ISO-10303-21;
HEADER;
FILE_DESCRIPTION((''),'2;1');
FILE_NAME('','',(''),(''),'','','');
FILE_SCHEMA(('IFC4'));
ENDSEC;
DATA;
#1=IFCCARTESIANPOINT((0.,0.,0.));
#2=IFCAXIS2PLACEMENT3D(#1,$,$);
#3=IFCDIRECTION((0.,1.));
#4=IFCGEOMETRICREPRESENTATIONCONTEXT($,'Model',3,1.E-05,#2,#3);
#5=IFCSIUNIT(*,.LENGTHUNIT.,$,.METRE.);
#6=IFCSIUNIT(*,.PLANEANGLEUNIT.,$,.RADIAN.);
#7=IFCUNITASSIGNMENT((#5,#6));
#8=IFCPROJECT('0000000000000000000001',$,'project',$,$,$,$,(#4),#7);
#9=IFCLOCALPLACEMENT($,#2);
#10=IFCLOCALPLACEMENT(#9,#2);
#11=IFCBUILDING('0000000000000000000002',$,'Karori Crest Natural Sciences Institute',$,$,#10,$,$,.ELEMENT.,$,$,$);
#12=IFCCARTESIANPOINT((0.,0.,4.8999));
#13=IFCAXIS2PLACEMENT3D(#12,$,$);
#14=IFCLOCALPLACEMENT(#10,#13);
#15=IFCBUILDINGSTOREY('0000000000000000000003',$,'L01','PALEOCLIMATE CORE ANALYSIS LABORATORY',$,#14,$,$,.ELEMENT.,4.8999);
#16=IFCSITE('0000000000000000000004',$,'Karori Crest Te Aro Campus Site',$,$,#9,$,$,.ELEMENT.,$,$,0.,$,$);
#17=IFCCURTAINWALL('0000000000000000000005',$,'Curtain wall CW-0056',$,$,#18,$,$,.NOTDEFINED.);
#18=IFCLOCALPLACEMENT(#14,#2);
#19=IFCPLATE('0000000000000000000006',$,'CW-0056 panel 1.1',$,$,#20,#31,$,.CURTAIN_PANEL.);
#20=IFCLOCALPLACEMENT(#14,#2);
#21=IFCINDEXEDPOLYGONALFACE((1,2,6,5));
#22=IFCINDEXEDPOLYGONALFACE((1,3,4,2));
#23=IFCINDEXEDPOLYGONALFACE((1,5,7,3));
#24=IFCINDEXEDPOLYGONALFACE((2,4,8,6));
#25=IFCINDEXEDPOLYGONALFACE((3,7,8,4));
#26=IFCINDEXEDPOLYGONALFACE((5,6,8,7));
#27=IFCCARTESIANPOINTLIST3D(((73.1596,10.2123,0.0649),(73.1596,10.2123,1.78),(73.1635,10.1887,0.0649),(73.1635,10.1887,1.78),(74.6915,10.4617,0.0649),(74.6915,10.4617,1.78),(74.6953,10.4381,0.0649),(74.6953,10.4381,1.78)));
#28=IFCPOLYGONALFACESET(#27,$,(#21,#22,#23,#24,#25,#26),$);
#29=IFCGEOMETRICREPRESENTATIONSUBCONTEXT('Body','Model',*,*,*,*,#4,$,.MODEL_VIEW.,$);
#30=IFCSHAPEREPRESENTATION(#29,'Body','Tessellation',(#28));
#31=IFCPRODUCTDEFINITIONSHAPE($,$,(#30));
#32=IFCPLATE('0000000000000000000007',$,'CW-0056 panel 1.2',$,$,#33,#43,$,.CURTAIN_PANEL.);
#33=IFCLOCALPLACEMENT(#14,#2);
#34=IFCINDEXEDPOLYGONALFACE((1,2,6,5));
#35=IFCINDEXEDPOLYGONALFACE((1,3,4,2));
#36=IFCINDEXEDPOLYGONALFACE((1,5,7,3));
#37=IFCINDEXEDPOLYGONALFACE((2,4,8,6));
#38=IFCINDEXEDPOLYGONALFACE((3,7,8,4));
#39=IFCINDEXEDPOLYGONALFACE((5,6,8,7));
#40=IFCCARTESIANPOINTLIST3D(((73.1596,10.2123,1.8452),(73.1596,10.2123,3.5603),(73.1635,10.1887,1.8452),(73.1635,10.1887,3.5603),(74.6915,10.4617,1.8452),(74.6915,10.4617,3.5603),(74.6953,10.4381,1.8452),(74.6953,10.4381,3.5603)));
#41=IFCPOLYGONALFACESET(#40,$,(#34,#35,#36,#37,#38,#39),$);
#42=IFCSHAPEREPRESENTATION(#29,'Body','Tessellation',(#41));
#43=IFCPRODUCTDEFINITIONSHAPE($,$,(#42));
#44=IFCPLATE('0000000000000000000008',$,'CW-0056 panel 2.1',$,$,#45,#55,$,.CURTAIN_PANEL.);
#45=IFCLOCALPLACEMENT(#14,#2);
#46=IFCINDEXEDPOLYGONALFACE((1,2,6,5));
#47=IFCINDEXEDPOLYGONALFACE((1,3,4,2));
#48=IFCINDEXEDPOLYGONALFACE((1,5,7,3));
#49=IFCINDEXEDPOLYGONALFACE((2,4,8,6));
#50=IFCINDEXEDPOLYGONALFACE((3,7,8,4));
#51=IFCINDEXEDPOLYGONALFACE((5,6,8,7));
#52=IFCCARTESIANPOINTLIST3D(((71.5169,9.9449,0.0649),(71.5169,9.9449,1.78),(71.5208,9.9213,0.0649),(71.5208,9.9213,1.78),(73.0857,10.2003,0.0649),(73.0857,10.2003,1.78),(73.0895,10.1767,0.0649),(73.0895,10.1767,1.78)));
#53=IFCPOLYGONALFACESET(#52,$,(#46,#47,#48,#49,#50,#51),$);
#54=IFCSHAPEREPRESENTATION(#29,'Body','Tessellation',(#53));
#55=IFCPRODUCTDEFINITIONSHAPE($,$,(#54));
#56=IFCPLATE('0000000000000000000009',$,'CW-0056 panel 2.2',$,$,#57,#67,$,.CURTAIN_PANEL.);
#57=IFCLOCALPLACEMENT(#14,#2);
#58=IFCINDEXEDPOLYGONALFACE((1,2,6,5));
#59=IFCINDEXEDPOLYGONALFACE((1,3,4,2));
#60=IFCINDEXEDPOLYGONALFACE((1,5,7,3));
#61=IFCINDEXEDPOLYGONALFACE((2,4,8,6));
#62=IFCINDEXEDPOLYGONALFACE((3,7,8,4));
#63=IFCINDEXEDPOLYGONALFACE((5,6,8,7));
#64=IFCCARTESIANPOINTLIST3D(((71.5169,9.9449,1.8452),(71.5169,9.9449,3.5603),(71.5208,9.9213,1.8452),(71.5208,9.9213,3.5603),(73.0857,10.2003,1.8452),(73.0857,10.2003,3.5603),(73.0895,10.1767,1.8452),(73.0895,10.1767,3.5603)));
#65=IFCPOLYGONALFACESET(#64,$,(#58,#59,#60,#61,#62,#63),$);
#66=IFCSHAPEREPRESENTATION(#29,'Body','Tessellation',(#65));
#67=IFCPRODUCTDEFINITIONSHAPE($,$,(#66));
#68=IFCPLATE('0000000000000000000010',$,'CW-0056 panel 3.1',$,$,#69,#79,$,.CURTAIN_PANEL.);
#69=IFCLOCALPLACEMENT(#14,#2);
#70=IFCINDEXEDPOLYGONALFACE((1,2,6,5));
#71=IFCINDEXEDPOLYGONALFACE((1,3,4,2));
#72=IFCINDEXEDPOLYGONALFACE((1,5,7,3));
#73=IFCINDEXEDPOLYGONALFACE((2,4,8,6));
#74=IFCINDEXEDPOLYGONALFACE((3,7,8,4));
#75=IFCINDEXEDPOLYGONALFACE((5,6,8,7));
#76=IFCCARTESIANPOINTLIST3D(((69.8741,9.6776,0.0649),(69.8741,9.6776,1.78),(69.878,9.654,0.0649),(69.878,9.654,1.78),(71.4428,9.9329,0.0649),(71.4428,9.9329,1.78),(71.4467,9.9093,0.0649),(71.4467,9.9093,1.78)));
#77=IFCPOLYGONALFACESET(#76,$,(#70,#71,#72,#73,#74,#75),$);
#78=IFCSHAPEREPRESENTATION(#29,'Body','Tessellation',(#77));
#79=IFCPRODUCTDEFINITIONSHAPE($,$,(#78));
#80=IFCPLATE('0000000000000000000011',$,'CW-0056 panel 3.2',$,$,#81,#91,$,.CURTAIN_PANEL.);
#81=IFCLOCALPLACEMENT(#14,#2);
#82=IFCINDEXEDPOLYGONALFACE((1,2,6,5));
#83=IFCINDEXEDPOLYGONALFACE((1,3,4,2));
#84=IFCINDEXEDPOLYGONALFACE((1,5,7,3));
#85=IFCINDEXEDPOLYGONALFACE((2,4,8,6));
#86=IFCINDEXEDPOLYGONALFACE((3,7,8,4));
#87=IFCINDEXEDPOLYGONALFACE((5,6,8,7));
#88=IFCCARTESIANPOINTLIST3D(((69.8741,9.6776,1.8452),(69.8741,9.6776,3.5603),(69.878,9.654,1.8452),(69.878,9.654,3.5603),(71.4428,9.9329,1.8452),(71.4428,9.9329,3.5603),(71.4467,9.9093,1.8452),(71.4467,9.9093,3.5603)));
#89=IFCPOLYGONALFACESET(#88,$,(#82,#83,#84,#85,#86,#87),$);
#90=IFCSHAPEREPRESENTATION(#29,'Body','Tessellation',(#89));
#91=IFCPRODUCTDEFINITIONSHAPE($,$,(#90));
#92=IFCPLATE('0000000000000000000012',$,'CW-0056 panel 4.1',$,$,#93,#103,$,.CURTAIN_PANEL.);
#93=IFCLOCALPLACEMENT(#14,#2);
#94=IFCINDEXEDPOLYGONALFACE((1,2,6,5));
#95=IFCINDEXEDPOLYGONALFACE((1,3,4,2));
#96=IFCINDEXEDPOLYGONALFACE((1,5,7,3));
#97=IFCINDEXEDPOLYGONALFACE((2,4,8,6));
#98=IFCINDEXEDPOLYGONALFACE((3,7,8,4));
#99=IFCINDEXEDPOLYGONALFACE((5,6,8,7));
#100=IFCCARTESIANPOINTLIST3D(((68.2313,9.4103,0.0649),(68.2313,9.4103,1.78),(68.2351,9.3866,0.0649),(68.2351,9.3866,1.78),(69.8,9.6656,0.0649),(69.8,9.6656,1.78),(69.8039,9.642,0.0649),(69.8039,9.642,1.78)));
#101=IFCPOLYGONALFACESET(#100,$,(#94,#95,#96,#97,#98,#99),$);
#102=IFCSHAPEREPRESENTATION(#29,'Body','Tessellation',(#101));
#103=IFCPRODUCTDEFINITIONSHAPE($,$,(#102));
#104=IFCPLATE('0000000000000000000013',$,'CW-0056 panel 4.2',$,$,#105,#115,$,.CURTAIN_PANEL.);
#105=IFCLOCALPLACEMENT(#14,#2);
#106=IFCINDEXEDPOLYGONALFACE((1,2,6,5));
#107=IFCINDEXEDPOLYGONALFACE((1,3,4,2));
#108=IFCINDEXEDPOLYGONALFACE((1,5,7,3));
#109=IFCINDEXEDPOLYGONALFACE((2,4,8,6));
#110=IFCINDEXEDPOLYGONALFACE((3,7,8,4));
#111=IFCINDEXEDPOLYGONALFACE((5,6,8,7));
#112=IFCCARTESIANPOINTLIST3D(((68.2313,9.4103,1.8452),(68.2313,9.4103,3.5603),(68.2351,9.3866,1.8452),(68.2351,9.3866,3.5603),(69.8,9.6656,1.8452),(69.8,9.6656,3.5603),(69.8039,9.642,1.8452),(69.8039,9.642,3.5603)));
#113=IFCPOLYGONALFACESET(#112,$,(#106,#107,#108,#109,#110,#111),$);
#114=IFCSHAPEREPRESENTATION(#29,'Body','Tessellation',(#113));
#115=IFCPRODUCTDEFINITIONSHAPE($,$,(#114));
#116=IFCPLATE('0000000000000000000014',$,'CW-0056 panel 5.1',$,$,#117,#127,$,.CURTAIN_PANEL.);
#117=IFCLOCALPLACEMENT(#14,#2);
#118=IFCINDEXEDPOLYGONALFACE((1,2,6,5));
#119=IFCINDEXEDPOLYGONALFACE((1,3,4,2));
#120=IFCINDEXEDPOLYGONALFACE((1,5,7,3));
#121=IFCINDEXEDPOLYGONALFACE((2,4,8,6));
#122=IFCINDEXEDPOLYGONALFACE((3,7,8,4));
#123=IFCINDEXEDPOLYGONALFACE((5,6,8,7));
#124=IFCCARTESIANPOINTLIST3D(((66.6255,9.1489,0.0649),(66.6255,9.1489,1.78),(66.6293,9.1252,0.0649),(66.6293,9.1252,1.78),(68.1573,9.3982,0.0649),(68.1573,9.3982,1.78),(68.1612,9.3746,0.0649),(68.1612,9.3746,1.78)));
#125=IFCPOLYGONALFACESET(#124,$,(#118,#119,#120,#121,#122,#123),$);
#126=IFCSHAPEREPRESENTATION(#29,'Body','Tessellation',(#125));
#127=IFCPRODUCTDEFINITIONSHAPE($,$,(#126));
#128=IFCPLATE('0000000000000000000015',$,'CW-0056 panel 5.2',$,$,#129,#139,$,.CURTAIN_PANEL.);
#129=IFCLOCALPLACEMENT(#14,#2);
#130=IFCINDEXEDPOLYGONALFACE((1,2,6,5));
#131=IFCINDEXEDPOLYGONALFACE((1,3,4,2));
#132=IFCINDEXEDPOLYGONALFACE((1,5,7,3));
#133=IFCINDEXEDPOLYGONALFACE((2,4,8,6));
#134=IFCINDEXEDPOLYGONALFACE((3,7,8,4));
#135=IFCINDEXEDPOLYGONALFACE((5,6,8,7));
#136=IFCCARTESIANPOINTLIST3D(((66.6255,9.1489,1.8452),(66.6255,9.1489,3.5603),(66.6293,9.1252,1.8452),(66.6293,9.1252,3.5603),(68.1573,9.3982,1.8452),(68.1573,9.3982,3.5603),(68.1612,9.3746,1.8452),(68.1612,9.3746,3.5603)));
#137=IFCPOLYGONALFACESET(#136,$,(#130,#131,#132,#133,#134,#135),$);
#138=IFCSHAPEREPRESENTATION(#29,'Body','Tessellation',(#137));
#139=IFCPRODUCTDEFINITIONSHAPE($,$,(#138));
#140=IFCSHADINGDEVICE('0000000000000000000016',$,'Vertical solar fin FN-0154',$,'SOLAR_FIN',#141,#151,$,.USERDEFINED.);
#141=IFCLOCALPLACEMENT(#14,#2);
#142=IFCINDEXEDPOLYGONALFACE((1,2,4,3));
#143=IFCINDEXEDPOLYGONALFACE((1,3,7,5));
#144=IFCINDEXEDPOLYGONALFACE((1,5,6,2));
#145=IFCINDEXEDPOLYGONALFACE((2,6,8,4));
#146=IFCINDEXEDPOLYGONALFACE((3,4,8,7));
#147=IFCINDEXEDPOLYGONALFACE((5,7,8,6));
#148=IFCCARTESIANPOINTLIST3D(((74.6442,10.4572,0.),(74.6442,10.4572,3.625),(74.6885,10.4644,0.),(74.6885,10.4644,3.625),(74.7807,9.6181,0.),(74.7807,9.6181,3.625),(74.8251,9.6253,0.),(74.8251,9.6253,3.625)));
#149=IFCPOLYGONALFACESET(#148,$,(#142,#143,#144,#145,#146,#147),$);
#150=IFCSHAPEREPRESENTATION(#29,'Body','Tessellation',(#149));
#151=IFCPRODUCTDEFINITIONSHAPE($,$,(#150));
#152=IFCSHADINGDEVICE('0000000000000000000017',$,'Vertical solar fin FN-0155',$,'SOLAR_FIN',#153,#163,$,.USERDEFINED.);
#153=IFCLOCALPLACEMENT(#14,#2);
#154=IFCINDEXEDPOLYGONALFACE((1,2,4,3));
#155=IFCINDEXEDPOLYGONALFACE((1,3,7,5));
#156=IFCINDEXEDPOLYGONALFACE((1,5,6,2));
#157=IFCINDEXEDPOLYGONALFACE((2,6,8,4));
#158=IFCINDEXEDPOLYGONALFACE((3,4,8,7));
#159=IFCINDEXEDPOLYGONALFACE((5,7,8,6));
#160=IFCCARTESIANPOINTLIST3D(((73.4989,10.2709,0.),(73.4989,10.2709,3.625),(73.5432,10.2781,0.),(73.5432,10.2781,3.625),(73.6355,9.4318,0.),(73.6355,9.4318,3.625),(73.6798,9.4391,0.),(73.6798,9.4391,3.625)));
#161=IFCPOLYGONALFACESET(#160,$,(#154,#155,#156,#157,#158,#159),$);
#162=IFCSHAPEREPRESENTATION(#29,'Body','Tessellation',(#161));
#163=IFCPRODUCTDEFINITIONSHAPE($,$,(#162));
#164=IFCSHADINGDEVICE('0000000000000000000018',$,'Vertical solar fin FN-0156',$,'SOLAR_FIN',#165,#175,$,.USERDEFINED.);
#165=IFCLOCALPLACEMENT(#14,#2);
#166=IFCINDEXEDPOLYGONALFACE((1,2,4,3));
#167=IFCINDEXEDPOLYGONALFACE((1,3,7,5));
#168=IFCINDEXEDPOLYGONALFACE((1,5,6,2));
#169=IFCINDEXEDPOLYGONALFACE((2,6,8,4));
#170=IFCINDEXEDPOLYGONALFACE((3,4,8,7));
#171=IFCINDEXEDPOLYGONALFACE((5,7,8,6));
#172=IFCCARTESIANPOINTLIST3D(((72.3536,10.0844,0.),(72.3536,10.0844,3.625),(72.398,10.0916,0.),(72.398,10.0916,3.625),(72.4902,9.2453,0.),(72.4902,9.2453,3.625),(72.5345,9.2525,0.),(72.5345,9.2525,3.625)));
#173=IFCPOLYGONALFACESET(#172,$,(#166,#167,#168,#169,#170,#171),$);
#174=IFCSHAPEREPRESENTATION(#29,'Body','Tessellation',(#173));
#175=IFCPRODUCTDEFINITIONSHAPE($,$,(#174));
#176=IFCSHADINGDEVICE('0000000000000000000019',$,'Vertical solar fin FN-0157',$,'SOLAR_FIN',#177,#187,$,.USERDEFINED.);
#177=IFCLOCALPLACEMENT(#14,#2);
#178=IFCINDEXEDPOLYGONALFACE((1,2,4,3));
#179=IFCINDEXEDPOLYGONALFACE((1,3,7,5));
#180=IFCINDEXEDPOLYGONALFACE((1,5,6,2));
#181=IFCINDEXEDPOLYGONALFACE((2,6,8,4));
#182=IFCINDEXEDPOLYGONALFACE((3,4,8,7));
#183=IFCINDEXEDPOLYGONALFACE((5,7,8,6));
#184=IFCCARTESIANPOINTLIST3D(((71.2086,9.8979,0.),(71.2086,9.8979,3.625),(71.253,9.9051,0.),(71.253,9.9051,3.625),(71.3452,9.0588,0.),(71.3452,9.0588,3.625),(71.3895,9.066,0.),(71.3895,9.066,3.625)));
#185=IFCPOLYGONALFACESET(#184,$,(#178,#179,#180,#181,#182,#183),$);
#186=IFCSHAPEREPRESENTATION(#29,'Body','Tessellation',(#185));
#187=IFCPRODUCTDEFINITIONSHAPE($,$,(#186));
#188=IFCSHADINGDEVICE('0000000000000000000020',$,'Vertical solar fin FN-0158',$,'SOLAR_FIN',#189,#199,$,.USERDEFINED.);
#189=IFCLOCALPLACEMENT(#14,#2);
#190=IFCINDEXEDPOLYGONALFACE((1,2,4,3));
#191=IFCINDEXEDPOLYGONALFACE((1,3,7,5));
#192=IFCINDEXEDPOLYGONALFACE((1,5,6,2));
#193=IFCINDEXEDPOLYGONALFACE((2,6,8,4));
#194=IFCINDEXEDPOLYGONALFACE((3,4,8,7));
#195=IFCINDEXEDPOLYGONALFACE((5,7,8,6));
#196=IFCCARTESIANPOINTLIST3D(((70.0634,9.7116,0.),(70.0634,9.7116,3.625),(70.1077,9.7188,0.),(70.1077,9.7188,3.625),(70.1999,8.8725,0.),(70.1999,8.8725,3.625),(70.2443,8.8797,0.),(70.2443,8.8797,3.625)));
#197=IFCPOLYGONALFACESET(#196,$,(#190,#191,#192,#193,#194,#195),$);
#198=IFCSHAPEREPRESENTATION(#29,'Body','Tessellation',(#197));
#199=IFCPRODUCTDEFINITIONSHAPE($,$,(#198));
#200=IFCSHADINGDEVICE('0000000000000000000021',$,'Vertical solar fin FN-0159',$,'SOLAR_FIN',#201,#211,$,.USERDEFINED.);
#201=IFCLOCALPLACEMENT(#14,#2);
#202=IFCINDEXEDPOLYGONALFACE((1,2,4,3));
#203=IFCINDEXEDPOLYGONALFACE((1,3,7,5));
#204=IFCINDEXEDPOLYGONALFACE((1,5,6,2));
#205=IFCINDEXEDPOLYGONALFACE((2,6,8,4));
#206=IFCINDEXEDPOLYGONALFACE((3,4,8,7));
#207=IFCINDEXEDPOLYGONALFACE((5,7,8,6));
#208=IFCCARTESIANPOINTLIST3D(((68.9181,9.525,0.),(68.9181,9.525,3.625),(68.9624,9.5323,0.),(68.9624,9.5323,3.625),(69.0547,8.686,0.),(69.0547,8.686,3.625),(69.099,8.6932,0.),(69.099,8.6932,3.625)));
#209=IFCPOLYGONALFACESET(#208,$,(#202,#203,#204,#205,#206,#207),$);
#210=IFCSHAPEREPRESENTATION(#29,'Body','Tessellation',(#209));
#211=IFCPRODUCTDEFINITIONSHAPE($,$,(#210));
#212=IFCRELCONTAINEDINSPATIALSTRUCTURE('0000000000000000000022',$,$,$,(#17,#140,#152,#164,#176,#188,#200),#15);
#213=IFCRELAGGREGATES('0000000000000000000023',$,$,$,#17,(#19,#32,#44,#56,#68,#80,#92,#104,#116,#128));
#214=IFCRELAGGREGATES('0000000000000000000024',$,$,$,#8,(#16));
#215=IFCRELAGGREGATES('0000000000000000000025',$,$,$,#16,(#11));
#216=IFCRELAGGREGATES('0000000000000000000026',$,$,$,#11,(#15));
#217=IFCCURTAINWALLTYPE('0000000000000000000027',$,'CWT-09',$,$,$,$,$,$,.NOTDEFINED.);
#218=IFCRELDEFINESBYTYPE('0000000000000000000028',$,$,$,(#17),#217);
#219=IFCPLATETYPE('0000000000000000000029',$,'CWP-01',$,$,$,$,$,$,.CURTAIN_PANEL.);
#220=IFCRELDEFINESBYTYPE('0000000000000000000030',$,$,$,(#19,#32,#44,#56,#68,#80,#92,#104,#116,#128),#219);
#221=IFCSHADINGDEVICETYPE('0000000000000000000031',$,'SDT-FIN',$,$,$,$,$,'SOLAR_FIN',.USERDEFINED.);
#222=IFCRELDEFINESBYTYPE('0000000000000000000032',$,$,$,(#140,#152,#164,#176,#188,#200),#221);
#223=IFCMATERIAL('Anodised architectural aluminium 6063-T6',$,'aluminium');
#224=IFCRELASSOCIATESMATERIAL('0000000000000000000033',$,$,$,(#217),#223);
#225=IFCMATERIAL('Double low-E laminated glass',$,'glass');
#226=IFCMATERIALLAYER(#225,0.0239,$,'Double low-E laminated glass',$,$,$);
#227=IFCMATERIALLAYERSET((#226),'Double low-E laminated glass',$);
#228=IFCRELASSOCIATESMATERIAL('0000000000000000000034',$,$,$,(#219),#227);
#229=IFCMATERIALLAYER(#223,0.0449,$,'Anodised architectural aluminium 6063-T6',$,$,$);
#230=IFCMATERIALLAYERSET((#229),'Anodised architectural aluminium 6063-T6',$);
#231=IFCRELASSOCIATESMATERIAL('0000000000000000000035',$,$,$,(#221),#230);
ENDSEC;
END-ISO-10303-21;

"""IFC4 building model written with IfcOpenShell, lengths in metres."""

from ifc_helpers import new_model, si_unit, direction, frame, origin, origin_2d, place, context, subcontext, project, spatial, rectangle, extrude, material, layer, layer_set, type_object, element, aggregate, save


model = new_model("IFC4")

# Units and contexts
model_context = context("Model", 3, precision=1e-05, world=origin(), true_north=direction((0.0, 1.0)))
body_context = subcontext(model_context, "Body", "Model", "MODEL_VIEW")
ifc_project = project(units=[si_unit("LENGTHUNIT", "METRE"), si_unit("PLANEANGLEUNIT", "RADIAN")], contexts=[model_context])

# Site, building, storey
site_placement = place(None, origin())
site = spatial("IfcSite", under=ifc_project, at=site_placement, Name="Karori Crest Te Aro Campus Site", CompositionType="ELEMENT", RefElevation=0.0)
building_placement = place(site_placement, origin())
building = spatial("IfcBuilding", under=site, at=building_placement, Name="Karori Crest Natural Sciences Institute", CompositionType="ELEMENT")
storey_placement = place(building_placement, frame((0.0, 0.0, 4.8999)))
storey = spatial("IfcBuildingStorey", under=building, at=storey_placement, Name="L01", Description="PALEOCLIMATE CORE ANALYSIS LABORATORY", CompositionType="ELEMENT", Elevation=4.8999)

# Curtain wall, plates
ifc_material_1 = material(Name="Anodised architectural aluminium 6063-T6", Category="aluminium")
curtain_wall_type = type_object("IfcCurtainWallType", Name="CWT-09", PredefinedType="NOTDEFINED", material=ifc_material_1)
curtain_wall_placement = place(storey_placement, origin())
curtain_wall = element("IfcCurtainWall", 1, at=curtain_wall_placement, inside=storey, type_object=curtain_wall_type, Name="Curtain wall CW-0056", PredefinedType="NOTDEFINED")
ifc_material_2 = material(Name="Double low-E laminated glass", Category="glass")
ifc_layer_1 = layer(ifc_material_2, 0.0239, Name="Double low-E laminated glass")
ifc_layer_set_1 = layer_set([ifc_layer_1], Name="Double low-E laminated glass")
plate_type = type_object("IfcPlateType", Name="CWP-01", PredefinedType="CURTAIN_PANEL", material=ifc_layer_set_1)
plate_1_placement = place(storey_placement, frame((73.9275, 10.3252, 0.0649), z_axis=(0.0, 0.0, 1.0), x_axis=(-0.98701, -0.160657, 0.0)))
plate_1 = element("IfcPlate", 2, at=plate_1_placement, type_object=plate_type, Name="CW-0056 panel 1.1", PredefinedType="CURTAIN_PANEL", context=body_context, shape_type="SweptSolid", body=[
    extrude(rectangle(XDim=1.552, YDim=0.0239, at=origin_2d()), origin(), (0.0, 0.0, 1.0), 1.7151),
])
plate_2_placement = place(storey_placement, frame((73.9275, 10.3252, 1.8452), z_axis=(0.0, 0.0, 1.0), x_axis=(-0.98701, -0.160657, 0.0)))
plate_2 = element("IfcPlate", 3, at=plate_2_placement, type_object=plate_type, Name="CW-0056 panel 1.2", PredefinedType="CURTAIN_PANEL", context=body_context, shape_type="SweptSolid", body=[
    extrude(rectangle(XDim=1.552, YDim=0.0239, at=origin_2d()), origin(), (0.0, 0.0, 1.0), 1.7151),
])
plate_3_placement = place(storey_placement, frame((72.3032, 10.0608, 0.0649), z_axis=(0.0, 0.0, 1.0), x_axis=(-0.98701, -0.160657, 0.0)))
plate_3 = element("IfcPlate", 4, at=plate_3_placement, type_object=plate_type, Name="CW-0056 panel 2.1", PredefinedType="CURTAIN_PANEL", context=body_context, shape_type="SweptSolid", body=[
    extrude(rectangle(XDim=1.5894, YDim=0.0239, at=origin_2d()), origin(), (0.0, 0.0, 1.0), 1.7151),
])
plate_4_placement = place(storey_placement, frame((72.3032, 10.0608, 1.8452), z_axis=(0.0, 0.0, 1.0), x_axis=(-0.98701, -0.160657, 0.0)))
plate_4 = element("IfcPlate", 5, at=plate_4_placement, type_object=plate_type, Name="CW-0056 panel 2.2", PredefinedType="CURTAIN_PANEL", context=body_context, shape_type="SweptSolid", body=[
    extrude(rectangle(XDim=1.5894, YDim=0.0239, at=origin_2d()), origin(), (0.0, 0.0, 1.0), 1.7151),
])
plate_5_placement = place(storey_placement, frame((70.6604, 9.7935, 0.0649), z_axis=(0.0, 0.0, 1.0), x_axis=(-0.98701, -0.160657, 0.0)))
plate_5 = element("IfcPlate", 6, at=plate_5_placement, type_object=plate_type, Name="CW-0056 panel 3.1", PredefinedType="CURTAIN_PANEL", context=body_context, shape_type="SweptSolid", body=[
    extrude(rectangle(XDim=1.5894, YDim=0.0239, at=origin_2d()), origin(), (0.0, 0.0, 1.0), 1.7151),
])
plate_6_placement = place(storey_placement, frame((70.6604, 9.7935, 1.8452), z_axis=(0.0, 0.0, 1.0), x_axis=(-0.98701, -0.160657, 0.0)))
plate_6 = element("IfcPlate", 7, at=plate_6_placement, type_object=plate_type, Name="CW-0056 panel 3.2", PredefinedType="CURTAIN_PANEL", context=body_context, shape_type="SweptSolid", body=[
    extrude(rectangle(XDim=1.5894, YDim=0.0239, at=origin_2d()), origin(), (0.0, 0.0, 1.0), 1.7151),
])
plate_7_placement = place(storey_placement, frame((69.0176, 9.5261, 0.0649), z_axis=(0.0, 0.0, 1.0), x_axis=(-0.98701, -0.160657, 0.0)))
plate_7 = element("IfcPlate", 8, at=plate_7_placement, type_object=plate_type, Name="CW-0056 panel 4.1", PredefinedType="CURTAIN_PANEL", context=body_context, shape_type="SweptSolid", body=[
    extrude(rectangle(XDim=1.5894, YDim=0.0239, at=origin_2d()), origin(), (0.0, 0.0, 1.0), 1.7151),
])
plate_8_placement = place(storey_placement, frame((69.0176, 9.5261, 1.8452), z_axis=(0.0, 0.0, 1.0), x_axis=(-0.98701, -0.160657, 0.0)))
plate_8 = element("IfcPlate", 9, at=plate_8_placement, type_object=plate_type, Name="CW-0056 panel 4.2", PredefinedType="CURTAIN_PANEL", context=body_context, shape_type="SweptSolid", body=[
    extrude(rectangle(XDim=1.5894, YDim=0.0239, at=origin_2d()), origin(), (0.0, 0.0, 1.0), 1.7151),
])
plate_9_placement = place(storey_placement, frame((67.3933, 9.2617, 0.0649), z_axis=(0.0, 0.0, 1.0), x_axis=(-0.98701, -0.160657, 0.0)))
plate_9 = element("IfcPlate", 10, at=plate_9_placement, type_object=plate_type, Name="CW-0056 panel 5.1", PredefinedType="CURTAIN_PANEL", context=body_context, shape_type="SweptSolid", body=[
    extrude(rectangle(XDim=1.552, YDim=0.0239, at=origin_2d()), origin(), (0.0, 0.0, 1.0), 1.7151),
])
plate_10_placement = place(storey_placement, frame((67.3933, 9.2617, 1.8452), z_axis=(0.0, 0.0, 1.0), x_axis=(-0.98701, -0.160657, 0.0)))
plate_10 = element("IfcPlate", 11, at=plate_10_placement, type_object=plate_type, Name="CW-0056 panel 5.2", PredefinedType="CURTAIN_PANEL", context=body_context, shape_type="SweptSolid", body=[
    extrude(rectangle(XDim=1.552, YDim=0.0239, at=origin_2d()), origin(), (0.0, 0.0, 1.0), 1.7151),
])
aggregate(curtain_wall, [plate_1, plate_2, plate_3, plate_4, plate_5, plate_6, plate_7, plate_8, plate_9, plate_10])

# Shading devices
ifc_layer_2 = layer(ifc_material_1, 0.0449, Name="Anodised architectural aluminium 6063-T6")
ifc_layer_set_2 = layer_set([ifc_layer_2], Name="Anodised architectural aluminium 6063-T6")
shading_device_type = type_object("IfcShadingDeviceType", Name="SDT-FIN", ElementType="SOLAR_FIN", PredefinedType="USERDEFINED", material=ifc_layer_set_2)
for number, where, z_axis, x_axis, name in (
    (12, (74.7346, 10.0413, 0.0), (0.0, 0.0, 1.0), (0.160656, -0.98701, 0.0), "Vertical solar fin FN-0154"),
    (13, (73.5894, 9.855, 0.0), (0.0, 0.0, 1.0), (0.160656, -0.98701, 0.0), "Vertical solar fin FN-0155"),
    (14, (72.4441, 9.6685, 0.0), (0.0, 0.0, 1.0), (0.160656, -0.98701, 0.0), "Vertical solar fin FN-0156"),
    (15, (71.2991, 9.4819, 0.0), (0.0, 0.0, 1.0), (0.160656, -0.98701, 0.0), "Vertical solar fin FN-0157"),
    (16, (70.1538, 9.2957, 0.0), (0.0, 0.0, 1.0), (0.160656, -0.98701, 0.0), "Vertical solar fin FN-0158"),
    (17, (69.0085, 9.1091, 0.0), (0.0, 0.0, 1.0), (0.160656, -0.98701, 0.0), "Vertical solar fin FN-0159"),
):
    element("IfcShadingDevice", number, at=place(storey_placement, frame(where, z_axis=z_axis, x_axis=x_axis)), inside=storey, type_object=shading_device_type, Name=name, ObjectType="SOLAR_FIN", PredefinedType="USERDEFINED", context=body_context, shape_type="SweptSolid", body=[
        extrude(rectangle(XDim=0.8501, YDim=0.0449, at=origin_2d()), origin(), (0.0, 0.0, 1.0), 3.625),
    ])

save(model, "model.ifc")
